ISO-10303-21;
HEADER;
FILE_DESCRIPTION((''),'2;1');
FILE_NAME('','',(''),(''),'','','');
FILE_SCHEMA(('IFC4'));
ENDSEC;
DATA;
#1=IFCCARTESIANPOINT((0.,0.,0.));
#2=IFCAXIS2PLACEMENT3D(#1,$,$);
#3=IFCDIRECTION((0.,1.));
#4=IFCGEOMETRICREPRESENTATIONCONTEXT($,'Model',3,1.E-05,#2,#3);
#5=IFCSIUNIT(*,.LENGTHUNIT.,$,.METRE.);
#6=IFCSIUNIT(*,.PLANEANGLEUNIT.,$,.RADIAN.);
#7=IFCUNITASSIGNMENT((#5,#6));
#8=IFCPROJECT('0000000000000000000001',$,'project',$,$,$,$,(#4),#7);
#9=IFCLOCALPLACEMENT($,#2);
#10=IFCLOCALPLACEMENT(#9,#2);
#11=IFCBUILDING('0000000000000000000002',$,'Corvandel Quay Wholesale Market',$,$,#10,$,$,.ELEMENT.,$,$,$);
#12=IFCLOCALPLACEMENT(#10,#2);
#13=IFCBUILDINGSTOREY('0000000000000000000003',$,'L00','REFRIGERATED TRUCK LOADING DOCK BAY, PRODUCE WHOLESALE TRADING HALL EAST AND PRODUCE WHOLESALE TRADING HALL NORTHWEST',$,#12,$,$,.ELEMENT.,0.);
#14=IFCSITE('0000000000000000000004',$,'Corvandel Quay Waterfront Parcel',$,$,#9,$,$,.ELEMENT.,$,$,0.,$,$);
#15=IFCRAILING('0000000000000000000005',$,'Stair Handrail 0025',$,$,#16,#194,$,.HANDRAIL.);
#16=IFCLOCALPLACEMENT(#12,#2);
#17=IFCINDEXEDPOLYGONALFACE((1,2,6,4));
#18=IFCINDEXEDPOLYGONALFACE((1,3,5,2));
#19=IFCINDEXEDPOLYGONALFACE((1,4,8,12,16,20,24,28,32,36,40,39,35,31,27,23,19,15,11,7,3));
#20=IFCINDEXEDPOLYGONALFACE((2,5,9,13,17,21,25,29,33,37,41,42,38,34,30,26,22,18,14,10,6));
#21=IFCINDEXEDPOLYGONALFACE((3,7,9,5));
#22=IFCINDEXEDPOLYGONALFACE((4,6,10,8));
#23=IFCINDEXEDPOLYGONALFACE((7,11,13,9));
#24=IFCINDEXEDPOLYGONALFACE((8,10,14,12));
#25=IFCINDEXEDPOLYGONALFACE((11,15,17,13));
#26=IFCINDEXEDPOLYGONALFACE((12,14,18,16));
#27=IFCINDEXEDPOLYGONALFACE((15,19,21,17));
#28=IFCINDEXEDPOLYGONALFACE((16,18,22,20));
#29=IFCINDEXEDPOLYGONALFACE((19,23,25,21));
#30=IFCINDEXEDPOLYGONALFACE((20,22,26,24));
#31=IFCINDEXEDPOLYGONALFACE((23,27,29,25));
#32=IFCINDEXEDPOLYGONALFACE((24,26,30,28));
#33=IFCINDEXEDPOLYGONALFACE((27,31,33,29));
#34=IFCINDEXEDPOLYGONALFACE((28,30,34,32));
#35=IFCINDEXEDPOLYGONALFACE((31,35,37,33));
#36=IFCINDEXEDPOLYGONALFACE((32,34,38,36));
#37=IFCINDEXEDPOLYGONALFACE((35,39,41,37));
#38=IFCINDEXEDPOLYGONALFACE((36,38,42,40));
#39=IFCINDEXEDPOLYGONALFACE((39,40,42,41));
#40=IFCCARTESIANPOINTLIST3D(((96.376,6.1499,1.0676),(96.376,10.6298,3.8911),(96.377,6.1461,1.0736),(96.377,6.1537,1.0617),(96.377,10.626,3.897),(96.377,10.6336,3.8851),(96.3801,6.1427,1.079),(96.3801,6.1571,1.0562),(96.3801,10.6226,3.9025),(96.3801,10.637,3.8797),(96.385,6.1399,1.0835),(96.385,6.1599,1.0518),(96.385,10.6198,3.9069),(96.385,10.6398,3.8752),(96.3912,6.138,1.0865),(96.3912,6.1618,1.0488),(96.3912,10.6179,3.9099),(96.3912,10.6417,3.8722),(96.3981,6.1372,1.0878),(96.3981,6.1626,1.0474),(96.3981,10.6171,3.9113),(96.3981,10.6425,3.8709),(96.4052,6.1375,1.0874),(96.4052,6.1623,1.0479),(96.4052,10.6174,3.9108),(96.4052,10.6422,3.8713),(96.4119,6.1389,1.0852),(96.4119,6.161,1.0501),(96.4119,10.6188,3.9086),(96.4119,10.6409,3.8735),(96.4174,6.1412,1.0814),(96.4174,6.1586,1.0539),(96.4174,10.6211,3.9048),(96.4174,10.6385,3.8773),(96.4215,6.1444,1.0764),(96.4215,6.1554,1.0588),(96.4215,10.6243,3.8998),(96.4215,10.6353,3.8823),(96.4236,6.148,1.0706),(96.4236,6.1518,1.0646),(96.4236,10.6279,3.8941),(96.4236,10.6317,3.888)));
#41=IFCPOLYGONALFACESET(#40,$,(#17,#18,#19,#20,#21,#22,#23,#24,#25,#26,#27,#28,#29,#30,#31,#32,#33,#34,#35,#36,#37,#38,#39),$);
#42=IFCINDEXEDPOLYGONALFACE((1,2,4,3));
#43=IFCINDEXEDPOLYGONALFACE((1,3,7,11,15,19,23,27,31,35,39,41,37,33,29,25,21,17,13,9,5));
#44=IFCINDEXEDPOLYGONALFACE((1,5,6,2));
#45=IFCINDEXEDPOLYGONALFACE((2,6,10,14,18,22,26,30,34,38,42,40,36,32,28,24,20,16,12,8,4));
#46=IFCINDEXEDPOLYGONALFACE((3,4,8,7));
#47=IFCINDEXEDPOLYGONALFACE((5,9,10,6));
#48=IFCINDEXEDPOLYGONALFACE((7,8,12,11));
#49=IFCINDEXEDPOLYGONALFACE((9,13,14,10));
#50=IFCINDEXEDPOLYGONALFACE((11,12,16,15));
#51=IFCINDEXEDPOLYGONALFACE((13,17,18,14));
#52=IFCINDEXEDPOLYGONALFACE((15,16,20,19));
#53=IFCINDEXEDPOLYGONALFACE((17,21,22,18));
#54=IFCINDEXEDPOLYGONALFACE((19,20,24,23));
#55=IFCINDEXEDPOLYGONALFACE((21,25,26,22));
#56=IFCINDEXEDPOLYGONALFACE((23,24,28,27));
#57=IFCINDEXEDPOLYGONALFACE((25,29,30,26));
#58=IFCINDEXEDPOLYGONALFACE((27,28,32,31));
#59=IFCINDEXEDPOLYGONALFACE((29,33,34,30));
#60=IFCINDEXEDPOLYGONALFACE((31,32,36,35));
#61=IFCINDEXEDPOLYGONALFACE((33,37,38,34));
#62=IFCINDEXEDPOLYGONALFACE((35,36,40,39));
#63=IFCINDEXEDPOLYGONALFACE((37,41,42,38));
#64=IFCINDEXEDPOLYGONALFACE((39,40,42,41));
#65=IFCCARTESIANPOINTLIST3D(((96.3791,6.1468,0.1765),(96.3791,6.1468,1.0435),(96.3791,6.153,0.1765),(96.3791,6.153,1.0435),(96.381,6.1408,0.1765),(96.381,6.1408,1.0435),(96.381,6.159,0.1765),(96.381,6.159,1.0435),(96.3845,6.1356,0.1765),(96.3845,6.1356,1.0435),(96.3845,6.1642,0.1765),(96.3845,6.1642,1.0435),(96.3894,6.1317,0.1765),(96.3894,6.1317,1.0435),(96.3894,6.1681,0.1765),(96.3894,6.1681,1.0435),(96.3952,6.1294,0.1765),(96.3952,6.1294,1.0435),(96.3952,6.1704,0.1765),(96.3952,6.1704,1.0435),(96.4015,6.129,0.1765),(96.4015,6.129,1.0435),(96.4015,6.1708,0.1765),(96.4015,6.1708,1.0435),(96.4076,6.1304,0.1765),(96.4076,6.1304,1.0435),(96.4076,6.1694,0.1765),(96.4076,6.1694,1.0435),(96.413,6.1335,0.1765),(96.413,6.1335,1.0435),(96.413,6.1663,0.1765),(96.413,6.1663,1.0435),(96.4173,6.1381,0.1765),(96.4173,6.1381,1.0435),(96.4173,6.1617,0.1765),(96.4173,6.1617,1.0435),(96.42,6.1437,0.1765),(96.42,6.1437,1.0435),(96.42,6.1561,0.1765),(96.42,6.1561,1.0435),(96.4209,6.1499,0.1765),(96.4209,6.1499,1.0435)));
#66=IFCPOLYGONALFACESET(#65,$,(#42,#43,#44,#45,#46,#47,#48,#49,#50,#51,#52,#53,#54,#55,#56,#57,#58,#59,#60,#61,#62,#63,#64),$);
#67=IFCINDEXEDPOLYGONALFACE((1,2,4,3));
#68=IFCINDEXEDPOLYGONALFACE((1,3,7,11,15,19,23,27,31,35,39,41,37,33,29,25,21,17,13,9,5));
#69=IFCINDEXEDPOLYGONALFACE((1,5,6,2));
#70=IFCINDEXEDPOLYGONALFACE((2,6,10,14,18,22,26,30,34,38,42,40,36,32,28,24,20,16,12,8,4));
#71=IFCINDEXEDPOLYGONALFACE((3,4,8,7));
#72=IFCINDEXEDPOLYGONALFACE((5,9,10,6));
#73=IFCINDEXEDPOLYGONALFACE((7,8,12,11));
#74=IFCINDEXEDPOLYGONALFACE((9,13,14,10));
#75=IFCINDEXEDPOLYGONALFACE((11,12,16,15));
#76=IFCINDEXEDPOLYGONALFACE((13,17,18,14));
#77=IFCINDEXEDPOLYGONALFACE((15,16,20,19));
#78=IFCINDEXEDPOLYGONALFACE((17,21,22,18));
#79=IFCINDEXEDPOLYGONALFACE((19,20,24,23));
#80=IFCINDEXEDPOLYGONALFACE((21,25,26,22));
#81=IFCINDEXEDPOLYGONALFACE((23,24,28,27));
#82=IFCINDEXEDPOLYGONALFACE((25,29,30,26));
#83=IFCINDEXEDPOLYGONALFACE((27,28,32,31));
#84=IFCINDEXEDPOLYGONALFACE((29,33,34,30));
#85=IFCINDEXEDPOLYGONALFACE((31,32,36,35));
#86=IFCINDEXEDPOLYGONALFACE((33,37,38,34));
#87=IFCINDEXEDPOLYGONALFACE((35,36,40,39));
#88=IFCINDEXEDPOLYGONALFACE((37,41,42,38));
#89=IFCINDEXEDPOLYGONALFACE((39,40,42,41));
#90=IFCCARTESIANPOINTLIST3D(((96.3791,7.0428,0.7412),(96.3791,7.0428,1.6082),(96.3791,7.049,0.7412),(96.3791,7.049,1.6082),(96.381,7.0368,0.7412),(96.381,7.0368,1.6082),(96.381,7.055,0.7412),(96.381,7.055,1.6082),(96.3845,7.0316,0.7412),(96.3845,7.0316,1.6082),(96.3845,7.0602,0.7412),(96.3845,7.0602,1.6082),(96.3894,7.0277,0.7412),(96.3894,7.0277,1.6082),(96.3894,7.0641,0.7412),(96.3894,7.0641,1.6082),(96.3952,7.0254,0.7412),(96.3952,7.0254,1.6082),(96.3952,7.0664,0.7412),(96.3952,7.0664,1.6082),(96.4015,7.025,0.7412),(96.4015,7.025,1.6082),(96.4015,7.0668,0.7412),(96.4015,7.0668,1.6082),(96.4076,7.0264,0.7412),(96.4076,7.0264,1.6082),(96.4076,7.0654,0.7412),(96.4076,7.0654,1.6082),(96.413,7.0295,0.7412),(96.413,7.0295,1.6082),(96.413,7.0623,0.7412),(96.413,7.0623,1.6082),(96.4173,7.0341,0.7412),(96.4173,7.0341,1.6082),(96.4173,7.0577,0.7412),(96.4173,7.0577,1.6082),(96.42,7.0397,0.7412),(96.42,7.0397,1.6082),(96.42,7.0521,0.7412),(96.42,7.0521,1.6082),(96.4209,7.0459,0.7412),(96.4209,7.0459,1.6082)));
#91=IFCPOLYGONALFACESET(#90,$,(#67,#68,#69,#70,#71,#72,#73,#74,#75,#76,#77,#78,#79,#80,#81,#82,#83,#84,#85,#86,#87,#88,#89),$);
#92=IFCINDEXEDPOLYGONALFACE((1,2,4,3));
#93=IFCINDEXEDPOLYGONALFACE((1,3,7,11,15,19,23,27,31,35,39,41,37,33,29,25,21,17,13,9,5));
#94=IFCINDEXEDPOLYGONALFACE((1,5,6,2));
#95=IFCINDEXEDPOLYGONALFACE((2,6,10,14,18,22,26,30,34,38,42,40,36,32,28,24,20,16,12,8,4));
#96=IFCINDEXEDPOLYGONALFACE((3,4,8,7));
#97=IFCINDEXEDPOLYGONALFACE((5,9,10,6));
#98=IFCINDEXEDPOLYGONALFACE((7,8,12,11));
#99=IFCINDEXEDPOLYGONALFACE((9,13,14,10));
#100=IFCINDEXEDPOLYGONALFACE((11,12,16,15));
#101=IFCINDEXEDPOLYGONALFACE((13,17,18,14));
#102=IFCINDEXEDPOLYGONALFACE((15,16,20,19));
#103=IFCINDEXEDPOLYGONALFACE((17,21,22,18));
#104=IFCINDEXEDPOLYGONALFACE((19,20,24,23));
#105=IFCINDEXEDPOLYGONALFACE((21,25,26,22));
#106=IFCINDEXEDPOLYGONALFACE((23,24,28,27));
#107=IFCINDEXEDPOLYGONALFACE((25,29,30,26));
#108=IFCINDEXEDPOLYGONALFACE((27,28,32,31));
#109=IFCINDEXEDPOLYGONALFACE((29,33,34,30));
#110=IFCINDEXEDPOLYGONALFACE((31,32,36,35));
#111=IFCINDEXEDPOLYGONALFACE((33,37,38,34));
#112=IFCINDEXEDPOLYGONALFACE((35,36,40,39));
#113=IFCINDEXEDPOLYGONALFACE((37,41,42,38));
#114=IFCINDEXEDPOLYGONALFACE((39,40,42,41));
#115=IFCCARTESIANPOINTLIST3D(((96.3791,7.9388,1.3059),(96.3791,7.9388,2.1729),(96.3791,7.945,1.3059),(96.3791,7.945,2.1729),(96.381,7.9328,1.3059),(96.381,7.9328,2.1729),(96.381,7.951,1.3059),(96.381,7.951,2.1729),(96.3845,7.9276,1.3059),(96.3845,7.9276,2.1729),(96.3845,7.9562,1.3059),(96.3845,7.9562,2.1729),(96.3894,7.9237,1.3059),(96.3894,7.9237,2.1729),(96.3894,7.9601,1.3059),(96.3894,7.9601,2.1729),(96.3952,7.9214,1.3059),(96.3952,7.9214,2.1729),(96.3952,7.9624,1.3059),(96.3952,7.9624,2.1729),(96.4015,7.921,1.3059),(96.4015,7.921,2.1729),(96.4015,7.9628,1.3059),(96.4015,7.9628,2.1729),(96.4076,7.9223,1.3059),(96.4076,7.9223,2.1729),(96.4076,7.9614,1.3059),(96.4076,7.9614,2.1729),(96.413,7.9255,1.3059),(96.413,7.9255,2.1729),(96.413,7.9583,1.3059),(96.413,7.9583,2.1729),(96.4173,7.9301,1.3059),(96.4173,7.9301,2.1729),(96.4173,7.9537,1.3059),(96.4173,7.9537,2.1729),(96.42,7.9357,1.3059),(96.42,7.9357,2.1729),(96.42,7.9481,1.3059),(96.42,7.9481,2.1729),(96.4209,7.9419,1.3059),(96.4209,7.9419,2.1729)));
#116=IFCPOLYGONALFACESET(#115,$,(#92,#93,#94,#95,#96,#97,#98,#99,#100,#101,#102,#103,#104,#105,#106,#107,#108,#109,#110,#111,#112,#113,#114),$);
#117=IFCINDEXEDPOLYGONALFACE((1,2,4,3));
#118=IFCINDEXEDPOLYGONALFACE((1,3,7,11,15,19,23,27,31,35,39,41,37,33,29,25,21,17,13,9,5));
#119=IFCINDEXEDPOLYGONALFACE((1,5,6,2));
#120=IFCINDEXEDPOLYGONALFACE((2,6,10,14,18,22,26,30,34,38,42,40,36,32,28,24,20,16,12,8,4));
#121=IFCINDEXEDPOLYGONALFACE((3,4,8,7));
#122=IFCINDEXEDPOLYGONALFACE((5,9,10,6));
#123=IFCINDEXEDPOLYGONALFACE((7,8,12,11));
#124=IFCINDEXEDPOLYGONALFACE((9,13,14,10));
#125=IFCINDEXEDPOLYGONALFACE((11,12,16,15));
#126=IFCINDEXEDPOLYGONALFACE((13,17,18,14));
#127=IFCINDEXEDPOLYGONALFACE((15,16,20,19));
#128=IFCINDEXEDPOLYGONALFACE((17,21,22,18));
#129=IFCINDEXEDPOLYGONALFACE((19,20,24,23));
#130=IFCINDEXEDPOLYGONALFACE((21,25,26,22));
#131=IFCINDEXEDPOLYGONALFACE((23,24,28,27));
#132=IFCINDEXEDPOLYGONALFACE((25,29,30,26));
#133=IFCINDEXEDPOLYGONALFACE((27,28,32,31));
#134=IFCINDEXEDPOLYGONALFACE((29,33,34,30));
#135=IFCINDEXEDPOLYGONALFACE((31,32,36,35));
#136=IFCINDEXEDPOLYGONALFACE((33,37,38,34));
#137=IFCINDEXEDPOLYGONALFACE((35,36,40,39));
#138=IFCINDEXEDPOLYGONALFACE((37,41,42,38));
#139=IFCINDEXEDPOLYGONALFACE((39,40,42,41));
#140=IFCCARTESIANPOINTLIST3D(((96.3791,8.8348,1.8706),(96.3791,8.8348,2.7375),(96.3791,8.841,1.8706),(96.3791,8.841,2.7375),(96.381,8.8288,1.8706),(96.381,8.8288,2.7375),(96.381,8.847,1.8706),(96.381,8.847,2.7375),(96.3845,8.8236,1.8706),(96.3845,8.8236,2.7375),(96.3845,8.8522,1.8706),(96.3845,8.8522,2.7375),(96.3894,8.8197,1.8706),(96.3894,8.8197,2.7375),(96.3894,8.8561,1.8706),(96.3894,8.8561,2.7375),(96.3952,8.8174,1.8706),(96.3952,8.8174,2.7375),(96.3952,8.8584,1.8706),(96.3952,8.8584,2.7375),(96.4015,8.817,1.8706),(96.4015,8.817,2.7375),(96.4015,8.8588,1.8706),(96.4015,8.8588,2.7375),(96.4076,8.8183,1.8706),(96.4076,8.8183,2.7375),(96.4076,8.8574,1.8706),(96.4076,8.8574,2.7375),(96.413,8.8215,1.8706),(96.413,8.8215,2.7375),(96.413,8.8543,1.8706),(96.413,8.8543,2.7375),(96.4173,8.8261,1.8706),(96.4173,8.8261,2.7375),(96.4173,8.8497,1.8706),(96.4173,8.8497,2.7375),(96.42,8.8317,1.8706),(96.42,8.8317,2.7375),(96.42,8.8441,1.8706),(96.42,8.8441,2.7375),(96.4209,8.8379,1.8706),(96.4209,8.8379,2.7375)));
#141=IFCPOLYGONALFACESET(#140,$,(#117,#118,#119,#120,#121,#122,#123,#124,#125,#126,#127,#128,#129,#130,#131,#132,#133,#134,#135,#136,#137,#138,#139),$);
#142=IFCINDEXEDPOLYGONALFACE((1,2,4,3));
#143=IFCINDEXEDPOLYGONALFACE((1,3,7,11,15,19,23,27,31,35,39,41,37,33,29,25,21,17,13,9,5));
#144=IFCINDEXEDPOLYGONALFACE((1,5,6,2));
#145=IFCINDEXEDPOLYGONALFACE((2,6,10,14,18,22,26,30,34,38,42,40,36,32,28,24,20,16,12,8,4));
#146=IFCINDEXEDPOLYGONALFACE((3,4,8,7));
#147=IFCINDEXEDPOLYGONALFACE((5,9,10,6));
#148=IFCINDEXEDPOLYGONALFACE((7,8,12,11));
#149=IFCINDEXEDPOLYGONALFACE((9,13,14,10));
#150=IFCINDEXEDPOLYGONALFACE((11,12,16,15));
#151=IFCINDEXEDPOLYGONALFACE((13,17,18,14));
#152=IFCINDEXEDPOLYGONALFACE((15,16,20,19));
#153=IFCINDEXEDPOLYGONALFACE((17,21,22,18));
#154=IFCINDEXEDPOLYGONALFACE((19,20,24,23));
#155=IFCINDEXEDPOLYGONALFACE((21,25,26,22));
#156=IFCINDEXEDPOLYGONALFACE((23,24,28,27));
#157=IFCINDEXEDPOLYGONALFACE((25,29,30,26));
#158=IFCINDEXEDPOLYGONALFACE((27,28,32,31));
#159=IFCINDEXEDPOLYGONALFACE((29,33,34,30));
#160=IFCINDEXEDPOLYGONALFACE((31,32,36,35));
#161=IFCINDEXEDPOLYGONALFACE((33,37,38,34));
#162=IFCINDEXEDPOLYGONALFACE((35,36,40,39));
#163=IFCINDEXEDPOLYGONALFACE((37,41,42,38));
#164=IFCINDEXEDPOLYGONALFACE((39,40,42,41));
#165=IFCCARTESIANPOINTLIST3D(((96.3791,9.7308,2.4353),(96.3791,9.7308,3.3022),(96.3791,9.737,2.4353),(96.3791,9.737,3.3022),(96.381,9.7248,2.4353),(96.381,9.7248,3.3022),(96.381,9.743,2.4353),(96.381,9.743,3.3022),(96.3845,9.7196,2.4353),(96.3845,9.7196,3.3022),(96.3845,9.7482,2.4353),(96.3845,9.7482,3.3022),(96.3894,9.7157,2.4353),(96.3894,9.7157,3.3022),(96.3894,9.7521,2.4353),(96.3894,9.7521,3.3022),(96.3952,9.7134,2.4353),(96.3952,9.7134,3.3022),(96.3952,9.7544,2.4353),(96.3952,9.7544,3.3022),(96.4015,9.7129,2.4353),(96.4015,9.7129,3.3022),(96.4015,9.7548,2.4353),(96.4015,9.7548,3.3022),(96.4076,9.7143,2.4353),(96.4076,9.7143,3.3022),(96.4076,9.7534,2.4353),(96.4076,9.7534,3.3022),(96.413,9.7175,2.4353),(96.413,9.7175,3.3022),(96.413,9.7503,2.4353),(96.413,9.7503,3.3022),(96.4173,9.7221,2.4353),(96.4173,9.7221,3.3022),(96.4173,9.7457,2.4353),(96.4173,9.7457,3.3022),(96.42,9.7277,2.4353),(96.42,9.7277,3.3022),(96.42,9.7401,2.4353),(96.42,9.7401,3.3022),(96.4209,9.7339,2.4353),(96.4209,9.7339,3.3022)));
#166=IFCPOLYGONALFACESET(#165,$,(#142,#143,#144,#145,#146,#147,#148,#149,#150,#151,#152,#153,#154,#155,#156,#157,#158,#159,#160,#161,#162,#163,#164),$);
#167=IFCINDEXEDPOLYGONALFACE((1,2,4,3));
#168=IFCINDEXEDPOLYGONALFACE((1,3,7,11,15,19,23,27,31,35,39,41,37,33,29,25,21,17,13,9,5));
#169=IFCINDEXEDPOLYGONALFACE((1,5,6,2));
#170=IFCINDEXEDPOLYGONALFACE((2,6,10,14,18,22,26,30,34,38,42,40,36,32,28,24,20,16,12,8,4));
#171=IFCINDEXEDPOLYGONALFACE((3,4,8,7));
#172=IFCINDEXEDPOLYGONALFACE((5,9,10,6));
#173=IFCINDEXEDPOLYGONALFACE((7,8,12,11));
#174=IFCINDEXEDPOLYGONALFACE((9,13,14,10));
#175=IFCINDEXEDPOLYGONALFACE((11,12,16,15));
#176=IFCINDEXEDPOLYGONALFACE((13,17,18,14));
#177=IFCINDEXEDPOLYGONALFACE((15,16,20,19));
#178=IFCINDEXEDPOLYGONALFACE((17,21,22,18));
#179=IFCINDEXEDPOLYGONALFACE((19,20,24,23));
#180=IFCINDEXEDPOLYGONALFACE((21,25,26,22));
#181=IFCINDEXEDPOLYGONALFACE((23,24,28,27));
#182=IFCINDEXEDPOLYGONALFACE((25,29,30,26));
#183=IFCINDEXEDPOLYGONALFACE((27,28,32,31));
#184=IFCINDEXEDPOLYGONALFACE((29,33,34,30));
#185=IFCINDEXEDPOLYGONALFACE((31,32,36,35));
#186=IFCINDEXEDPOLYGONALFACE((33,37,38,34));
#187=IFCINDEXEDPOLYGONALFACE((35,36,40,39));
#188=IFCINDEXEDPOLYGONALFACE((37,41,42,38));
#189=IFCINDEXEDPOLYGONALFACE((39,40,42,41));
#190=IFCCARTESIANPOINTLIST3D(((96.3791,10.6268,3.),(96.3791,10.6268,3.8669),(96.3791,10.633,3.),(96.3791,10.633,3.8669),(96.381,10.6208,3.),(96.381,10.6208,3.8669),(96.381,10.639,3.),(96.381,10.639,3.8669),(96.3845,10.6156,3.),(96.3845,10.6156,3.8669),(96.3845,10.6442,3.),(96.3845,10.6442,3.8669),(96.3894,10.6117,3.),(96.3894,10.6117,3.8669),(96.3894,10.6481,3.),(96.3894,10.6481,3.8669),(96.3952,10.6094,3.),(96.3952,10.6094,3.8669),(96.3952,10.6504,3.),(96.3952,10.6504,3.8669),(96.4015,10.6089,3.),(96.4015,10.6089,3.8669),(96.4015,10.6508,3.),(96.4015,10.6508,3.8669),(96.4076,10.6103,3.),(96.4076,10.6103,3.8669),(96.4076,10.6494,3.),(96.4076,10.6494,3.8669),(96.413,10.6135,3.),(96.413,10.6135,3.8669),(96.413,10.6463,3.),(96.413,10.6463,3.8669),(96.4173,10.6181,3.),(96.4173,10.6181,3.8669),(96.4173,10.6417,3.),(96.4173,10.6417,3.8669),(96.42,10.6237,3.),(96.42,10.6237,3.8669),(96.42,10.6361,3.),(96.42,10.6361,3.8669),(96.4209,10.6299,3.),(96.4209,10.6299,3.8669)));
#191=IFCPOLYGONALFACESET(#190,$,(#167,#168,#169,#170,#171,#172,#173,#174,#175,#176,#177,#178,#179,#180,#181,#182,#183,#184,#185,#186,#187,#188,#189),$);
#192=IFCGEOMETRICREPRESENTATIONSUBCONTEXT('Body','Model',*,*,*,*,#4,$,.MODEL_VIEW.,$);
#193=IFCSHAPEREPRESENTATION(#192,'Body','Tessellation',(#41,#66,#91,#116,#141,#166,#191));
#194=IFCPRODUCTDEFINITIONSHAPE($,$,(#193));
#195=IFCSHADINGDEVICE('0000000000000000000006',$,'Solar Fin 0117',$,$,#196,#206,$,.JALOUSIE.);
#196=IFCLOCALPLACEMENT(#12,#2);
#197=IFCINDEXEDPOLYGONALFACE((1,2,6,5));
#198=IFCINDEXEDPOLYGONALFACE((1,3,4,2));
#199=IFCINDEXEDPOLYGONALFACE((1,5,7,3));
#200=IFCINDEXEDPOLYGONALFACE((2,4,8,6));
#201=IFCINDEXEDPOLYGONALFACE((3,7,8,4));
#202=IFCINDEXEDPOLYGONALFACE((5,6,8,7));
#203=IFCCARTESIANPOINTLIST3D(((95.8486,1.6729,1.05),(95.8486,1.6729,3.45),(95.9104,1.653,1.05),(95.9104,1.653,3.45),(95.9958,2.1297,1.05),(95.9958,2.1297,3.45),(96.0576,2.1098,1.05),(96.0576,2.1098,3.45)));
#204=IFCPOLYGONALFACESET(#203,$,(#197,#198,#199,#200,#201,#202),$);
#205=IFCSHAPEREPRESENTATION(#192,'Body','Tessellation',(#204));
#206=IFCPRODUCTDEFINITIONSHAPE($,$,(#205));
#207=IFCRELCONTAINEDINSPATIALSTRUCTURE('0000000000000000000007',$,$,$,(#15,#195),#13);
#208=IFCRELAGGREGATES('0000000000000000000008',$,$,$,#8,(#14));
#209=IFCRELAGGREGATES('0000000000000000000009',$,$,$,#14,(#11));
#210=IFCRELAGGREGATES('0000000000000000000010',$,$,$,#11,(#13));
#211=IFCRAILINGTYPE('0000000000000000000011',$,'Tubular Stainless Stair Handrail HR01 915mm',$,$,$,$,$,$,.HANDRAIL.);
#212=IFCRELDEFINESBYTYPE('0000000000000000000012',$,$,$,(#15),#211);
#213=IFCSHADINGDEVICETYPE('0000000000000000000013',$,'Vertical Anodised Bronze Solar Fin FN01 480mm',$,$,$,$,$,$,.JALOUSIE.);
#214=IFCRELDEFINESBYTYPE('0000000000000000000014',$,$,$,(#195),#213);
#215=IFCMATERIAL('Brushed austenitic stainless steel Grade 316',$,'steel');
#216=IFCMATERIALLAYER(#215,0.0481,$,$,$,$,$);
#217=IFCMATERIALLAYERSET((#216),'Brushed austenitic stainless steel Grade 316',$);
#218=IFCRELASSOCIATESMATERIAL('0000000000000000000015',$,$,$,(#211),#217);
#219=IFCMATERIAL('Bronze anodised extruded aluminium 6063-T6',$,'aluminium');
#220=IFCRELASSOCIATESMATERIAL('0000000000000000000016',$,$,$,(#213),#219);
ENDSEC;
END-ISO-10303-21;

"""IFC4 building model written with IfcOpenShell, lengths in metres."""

from ifc_helpers import new_model, si_unit, direction, frame, origin, origin_2d, place, context, subcontext, project, spatial, rectangle, circle, extrude, material, layer, layer_set, type_object, element, save


model = new_model("IFC4")

# Units and contexts
model_context = context("Model", 3, precision=1e-05, world=origin(), true_north=direction((0.0, 1.0)))
body_context = subcontext(model_context, "Body", "Model", "MODEL_VIEW")
ifc_project = project(units=[si_unit("LENGTHUNIT", "METRE"), si_unit("PLANEANGLEUNIT", "RADIAN")], contexts=[model_context])

# Site, building, storey
site_placement = place(None, origin())
site = spatial("IfcSite", under=ifc_project, at=site_placement, Name="Corvandel Quay Waterfront Parcel", CompositionType="ELEMENT", RefElevation=0.0)
building_placement = place(site_placement, origin())
building = spatial("IfcBuilding", under=site, at=building_placement, Name="Corvandel Quay Wholesale Market", CompositionType="ELEMENT")
storey_placement = place(building_placement, origin())
storey = spatial("IfcBuildingStorey", under=building, at=storey_placement, Name="L00", Description="REFRIGERATED TRUCK LOADING DOCK BAY, PRODUCE WHOLESALE TRADING HALL EAST AND PRODUCE WHOLESALE TRADING HALL NORTHWEST", CompositionType="ELEMENT", Elevation=0.0)

# Railing
ifc_material_1 = material(Name="Brushed austenitic stainless steel Grade 316", Category="steel")
ifc_layer_1 = layer(ifc_material_1, 0.0481)
ifc_layer_set_1 = layer_set([ifc_layer_1], Name="Brushed austenitic stainless steel Grade 316")
railing_type = type_object("IfcRailingType", Name="Tubular Stainless Stair Handrail HR01 915mm", PredefinedType="HANDRAIL", material=ifc_layer_set_1)
railing_placement = place(storey_placement, frame((96.3999, 6.1499, 0.1765)))
element("IfcRailing", 1, at=railing_placement, inside=storey, type_object=railing_type, Name="Stair Handrail 0025", PredefinedType="HANDRAIL", context=body_context, shape_type="SweptSolid", body=[
    extrude(circle(Radius=0.0239, at=origin_2d()), frame((0.0, 0.0, 0.8911), z_axis=(0.0, 0.845998, 0.533186), x_axis=(-1.0, 0.0, 0.0)), (0.0, 0.0, 1.0), 5.2954),
    extrude(circle(Radius=0.021, at=origin_2d()), origin(), (0.0, 0.0, 1.0), 0.8669),
    extrude(circle(Radius=0.021, at=origin_2d()), frame((0.0, 0.896, 0.5647)), (0.0, 0.0, 1.0), 0.8669),
    extrude(circle(Radius=0.021, at=origin_2d()), frame((0.0, 1.792, 1.1294)), (0.0, 0.0, 1.0), 0.8669),
    extrude(circle(Radius=0.021, at=origin_2d()), frame((0.0, 2.688, 1.6941)), (0.0, 0.0, 1.0), 0.8669),
    extrude(circle(Radius=0.021, at=origin_2d()), frame((0.0, 3.584, 2.2588)), (0.0, 0.0, 1.0), 0.8669),
    extrude(circle(Radius=0.021, at=origin_2d()), frame((0.0, 4.48, 2.8235)), (0.0, 0.0, 1.0), 0.8669),
])

# Shading device
ifc_material_2 = material(Name="Bronze anodised extruded aluminium 6063-T6", Category="aluminium")
shading_device_type = type_object("IfcShadingDeviceType", Name="Vertical Anodised Bronze Solar Fin FN01 480mm", PredefinedType="JALOUSIE", material=ifc_material_2)
shading_device_placement = place(storey_placement, frame((95.9531, 1.8914, 1.05), z_axis=(0.0, 0.0, 1.0), x_axis=(0.306692, 0.951809, 0.0)))
element("IfcShadingDevice", 2, at=shading_device_placement, inside=storey, type_object=shading_device_type, Name="Solar Fin 0117", PredefinedType="JALOUSIE", context=body_context, shape_type="SweptSolid", body=[
    extrude(rectangle(XDim=0.48, YDim=0.0649, at=origin_2d()), origin(), (0.0, 0.0, 1.0), 2.3999),
])

save(model, "model.ifc")
